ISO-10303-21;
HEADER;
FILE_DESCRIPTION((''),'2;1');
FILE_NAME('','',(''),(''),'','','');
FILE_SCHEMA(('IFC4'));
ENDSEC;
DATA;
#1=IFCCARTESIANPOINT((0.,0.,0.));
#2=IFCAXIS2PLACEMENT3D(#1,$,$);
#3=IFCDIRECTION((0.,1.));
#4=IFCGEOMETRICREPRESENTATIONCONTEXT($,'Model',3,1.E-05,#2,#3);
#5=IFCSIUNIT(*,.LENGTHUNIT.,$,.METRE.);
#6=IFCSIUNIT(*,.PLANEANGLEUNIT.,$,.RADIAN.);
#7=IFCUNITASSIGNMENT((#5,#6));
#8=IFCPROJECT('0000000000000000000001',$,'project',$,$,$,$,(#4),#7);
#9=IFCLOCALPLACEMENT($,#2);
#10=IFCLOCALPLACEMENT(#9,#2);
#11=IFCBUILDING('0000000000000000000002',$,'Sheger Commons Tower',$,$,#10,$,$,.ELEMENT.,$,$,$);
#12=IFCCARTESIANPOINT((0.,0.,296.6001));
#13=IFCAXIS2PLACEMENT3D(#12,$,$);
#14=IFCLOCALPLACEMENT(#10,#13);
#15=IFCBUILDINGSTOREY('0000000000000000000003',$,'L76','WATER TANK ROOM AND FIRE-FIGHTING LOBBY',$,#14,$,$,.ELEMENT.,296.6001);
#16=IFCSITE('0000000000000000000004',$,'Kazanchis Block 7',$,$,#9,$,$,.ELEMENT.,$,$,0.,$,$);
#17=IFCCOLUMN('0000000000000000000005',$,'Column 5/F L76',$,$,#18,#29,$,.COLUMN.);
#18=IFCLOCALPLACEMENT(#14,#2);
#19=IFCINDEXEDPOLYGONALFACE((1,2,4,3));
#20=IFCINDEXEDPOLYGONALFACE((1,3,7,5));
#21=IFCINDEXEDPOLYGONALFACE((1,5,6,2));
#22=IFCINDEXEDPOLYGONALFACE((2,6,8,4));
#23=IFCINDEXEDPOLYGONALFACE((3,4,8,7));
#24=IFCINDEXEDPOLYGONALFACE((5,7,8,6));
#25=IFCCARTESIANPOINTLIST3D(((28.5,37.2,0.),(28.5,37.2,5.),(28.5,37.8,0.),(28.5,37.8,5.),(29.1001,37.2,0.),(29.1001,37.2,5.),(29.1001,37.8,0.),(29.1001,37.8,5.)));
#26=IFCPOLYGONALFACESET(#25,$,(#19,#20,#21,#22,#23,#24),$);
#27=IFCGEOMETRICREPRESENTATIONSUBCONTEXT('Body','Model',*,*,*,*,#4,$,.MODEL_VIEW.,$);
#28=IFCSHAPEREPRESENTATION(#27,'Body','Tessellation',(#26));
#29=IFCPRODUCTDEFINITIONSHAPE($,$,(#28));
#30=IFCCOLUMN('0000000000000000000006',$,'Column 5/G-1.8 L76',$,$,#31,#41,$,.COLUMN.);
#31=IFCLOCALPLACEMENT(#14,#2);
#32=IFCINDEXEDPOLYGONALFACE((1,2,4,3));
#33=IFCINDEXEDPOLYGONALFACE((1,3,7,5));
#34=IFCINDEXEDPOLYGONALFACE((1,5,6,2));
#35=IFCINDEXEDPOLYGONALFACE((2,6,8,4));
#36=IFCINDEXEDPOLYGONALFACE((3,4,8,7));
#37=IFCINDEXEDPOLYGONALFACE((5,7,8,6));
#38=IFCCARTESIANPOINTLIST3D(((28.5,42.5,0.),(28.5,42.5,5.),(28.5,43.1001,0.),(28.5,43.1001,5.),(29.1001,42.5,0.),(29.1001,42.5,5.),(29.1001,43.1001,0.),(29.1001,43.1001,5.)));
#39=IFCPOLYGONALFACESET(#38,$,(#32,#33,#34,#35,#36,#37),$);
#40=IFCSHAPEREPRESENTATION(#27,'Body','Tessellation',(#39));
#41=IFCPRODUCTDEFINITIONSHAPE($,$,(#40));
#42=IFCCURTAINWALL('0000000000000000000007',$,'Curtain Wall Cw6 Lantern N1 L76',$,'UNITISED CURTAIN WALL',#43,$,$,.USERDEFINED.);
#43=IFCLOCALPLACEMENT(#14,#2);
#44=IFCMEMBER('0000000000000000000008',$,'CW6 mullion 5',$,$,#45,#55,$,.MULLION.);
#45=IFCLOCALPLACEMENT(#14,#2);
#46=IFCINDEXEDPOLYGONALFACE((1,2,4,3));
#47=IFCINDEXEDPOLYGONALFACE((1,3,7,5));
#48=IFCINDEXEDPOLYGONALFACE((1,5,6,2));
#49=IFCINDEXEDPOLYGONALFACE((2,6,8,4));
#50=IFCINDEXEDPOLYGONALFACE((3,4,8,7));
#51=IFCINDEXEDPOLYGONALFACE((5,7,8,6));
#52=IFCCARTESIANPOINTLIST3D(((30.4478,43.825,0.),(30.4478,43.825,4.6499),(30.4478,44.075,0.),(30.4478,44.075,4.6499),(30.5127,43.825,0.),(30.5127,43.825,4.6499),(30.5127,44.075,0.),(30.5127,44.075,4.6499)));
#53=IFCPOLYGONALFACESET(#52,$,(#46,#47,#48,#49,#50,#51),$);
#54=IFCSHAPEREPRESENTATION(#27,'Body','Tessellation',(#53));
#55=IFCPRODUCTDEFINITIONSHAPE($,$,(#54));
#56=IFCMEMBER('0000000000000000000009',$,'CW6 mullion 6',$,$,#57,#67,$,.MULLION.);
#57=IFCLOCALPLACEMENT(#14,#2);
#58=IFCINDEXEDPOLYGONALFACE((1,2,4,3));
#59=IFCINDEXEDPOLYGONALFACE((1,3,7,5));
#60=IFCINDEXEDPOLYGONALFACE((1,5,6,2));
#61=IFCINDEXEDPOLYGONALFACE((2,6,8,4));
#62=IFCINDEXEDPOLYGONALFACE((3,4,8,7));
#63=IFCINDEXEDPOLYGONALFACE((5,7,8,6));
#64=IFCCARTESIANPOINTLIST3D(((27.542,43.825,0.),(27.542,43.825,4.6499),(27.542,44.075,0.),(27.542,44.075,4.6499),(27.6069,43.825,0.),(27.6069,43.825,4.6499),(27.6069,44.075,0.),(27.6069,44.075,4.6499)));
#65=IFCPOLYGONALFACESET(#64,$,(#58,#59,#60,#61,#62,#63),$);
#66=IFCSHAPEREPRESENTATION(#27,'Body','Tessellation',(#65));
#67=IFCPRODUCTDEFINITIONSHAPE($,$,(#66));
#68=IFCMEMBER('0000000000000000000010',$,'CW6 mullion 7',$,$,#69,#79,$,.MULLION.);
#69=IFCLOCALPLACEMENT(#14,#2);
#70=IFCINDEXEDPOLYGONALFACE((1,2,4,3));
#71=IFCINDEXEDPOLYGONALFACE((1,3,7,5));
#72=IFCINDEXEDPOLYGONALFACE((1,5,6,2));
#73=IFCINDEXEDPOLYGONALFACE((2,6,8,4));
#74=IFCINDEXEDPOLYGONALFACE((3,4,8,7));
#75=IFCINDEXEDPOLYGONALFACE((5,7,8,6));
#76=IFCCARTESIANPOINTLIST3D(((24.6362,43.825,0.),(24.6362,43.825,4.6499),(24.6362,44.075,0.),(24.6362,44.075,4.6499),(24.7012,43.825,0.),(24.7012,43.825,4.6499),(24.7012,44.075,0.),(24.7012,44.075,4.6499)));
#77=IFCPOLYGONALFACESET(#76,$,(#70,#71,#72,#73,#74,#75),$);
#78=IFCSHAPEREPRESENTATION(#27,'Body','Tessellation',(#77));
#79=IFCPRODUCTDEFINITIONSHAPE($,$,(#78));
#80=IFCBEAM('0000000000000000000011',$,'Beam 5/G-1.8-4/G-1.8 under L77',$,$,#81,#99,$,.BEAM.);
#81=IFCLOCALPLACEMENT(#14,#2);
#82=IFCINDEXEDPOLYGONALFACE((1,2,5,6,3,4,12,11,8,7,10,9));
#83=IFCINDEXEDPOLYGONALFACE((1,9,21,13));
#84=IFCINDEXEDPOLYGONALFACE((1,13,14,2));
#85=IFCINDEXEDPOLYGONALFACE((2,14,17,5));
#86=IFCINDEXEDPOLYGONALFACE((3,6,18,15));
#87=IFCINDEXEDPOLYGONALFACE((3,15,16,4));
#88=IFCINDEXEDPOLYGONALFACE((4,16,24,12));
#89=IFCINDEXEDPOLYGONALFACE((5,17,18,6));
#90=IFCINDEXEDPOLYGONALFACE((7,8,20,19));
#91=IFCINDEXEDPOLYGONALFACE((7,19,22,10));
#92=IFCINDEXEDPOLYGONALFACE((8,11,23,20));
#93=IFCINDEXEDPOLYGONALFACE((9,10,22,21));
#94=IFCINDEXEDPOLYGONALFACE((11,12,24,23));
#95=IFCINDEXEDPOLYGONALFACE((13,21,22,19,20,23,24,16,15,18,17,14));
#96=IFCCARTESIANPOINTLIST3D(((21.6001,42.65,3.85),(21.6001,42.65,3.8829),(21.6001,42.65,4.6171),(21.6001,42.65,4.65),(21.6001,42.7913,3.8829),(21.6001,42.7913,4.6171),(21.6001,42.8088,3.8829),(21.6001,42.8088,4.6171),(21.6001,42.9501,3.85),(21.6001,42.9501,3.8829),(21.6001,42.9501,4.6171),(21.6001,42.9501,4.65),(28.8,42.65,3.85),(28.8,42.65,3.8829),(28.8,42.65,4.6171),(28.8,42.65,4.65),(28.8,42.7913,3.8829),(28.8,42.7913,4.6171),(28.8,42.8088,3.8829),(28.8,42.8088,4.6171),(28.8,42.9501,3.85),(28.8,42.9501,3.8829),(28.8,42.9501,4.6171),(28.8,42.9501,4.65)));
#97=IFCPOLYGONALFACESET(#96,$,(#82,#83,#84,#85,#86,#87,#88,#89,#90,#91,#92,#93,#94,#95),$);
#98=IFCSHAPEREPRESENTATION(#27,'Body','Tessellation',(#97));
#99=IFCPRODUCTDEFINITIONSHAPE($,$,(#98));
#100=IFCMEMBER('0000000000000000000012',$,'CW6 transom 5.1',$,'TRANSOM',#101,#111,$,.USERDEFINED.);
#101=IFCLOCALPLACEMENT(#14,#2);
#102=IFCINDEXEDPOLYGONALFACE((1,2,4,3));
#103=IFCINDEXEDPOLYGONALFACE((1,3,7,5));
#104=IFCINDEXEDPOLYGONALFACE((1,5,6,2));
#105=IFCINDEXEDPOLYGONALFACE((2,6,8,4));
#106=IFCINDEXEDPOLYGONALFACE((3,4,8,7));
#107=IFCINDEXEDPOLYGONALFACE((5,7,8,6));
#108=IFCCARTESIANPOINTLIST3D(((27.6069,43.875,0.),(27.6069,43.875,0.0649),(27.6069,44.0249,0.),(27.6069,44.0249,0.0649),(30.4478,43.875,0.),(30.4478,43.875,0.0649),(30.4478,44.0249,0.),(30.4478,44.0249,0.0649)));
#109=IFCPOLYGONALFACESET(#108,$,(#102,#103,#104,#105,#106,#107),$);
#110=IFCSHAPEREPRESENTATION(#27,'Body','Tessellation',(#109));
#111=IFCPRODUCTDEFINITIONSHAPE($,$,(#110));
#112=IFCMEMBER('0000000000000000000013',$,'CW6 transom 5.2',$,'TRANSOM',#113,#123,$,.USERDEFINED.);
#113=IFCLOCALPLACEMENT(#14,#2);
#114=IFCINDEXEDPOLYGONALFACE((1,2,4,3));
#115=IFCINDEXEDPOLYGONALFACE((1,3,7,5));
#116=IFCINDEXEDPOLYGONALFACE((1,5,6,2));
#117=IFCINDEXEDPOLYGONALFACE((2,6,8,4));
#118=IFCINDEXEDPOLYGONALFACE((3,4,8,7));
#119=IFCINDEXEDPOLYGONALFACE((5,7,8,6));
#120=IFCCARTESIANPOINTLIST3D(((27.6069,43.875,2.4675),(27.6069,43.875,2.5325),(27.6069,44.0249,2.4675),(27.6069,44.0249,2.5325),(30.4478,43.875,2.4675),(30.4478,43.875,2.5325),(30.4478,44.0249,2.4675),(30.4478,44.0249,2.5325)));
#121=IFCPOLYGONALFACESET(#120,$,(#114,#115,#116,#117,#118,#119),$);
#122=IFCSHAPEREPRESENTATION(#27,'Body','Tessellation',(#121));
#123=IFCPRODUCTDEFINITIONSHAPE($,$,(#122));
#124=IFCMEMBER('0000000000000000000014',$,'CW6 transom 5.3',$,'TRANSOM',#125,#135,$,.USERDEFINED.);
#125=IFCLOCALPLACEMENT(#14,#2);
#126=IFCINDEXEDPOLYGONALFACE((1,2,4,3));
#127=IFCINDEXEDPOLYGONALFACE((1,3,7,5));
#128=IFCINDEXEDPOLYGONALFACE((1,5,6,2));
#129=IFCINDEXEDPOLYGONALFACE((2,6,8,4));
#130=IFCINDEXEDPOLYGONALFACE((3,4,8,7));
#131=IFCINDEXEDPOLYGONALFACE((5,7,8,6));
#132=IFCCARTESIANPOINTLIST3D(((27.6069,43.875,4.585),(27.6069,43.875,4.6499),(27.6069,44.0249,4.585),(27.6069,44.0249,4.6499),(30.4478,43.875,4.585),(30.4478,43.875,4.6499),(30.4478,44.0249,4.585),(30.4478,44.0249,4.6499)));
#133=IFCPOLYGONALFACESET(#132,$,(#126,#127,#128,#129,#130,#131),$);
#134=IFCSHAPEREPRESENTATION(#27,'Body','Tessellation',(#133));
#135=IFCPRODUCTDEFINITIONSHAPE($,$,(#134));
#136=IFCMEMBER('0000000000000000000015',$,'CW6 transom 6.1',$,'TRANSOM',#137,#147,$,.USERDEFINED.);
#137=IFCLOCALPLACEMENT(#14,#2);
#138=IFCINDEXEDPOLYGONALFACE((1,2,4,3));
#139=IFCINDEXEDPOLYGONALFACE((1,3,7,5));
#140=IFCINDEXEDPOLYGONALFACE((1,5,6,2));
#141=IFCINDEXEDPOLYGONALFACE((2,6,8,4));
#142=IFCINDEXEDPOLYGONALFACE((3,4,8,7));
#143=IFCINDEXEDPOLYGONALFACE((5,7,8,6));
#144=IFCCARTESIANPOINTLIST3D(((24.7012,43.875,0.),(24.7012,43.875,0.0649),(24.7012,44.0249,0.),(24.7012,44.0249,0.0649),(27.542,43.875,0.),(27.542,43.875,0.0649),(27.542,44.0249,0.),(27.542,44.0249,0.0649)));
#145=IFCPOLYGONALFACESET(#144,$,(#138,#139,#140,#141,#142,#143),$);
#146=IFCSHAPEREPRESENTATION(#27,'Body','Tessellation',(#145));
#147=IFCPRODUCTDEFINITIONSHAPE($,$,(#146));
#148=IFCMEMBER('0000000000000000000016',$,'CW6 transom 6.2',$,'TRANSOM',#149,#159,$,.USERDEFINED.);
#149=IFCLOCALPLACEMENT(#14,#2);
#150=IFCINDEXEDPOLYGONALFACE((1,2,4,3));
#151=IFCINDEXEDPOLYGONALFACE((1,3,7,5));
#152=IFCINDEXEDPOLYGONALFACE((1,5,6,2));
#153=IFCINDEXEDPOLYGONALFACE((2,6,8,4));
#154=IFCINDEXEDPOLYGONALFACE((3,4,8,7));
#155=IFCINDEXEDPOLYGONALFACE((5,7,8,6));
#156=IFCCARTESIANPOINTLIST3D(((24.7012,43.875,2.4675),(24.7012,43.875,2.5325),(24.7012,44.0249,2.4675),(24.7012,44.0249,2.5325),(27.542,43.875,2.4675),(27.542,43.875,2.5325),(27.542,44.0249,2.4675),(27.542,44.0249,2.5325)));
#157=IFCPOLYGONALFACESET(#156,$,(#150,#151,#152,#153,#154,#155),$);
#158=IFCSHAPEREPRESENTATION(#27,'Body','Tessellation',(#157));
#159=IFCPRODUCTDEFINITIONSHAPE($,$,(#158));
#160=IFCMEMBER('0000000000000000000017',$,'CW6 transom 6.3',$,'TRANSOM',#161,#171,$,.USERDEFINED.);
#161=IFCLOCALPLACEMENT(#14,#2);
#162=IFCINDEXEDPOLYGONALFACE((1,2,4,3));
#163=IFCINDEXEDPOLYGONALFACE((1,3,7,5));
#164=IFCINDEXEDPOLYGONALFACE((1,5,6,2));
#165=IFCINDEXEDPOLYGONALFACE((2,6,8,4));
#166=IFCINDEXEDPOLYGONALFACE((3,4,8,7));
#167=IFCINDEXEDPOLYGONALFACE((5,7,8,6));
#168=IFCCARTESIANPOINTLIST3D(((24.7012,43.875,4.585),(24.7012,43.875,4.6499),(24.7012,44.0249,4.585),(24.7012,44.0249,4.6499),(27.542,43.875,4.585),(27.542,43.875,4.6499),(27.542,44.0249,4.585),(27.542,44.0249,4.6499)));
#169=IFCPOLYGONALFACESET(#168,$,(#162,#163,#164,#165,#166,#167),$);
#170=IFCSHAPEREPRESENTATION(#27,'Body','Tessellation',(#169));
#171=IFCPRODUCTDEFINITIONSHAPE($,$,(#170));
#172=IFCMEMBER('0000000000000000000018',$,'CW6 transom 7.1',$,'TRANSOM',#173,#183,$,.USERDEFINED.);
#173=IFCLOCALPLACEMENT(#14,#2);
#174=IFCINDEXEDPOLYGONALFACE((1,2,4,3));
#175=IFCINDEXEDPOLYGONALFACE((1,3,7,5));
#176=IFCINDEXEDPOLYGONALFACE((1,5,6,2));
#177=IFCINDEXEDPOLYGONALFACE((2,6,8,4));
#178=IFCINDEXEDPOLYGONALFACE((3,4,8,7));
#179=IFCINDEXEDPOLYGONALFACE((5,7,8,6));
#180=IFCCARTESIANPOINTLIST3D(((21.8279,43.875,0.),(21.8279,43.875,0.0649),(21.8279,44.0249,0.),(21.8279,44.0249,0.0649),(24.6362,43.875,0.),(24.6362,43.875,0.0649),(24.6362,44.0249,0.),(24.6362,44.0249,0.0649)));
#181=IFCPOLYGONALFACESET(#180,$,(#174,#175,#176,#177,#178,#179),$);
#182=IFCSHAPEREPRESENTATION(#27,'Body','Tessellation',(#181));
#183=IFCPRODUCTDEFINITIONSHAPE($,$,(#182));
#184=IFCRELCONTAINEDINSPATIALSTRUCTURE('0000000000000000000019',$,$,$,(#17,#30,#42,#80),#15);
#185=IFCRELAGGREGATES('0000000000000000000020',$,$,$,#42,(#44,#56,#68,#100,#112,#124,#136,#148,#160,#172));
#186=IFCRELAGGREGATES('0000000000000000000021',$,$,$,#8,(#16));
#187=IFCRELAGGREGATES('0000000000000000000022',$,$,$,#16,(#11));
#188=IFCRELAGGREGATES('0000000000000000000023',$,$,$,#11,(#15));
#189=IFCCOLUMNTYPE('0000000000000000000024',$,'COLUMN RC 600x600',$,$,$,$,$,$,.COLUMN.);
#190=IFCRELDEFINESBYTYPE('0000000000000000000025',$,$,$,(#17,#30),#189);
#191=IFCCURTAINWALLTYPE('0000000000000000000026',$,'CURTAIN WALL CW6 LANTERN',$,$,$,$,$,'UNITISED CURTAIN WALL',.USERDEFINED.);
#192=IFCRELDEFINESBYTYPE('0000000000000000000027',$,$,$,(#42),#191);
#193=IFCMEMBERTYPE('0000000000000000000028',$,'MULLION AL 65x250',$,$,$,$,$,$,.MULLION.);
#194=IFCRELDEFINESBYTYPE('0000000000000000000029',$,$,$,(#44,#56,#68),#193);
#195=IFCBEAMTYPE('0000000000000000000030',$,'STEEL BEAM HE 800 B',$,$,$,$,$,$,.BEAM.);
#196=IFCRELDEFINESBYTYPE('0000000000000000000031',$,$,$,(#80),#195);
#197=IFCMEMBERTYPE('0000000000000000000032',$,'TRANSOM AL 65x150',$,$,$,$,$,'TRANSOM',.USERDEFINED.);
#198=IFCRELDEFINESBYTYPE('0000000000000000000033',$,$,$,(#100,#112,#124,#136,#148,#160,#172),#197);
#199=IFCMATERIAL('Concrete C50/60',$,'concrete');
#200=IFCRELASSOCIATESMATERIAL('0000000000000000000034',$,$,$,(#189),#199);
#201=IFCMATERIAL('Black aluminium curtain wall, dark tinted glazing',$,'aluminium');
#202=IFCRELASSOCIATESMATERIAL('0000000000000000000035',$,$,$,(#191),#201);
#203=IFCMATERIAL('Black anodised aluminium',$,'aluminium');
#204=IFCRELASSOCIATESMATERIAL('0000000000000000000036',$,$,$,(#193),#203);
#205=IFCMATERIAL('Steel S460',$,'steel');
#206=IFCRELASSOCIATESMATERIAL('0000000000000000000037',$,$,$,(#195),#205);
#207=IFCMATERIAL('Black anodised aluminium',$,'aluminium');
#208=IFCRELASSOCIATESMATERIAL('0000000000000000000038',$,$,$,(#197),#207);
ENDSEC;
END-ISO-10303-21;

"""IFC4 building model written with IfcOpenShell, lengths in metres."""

from ifc_helpers import new_model, si_unit, direction, frame, origin, origin_2d, place, context, subcontext, project, spatial, rectangle, i_section, extrude, material, material_profile, profile_set, type_object, element, aggregate, save


model = new_model("IFC4")

# Units and contexts
model_context = context("Model", 3, precision=1e-05, world=origin(), true_north=direction((0.0, 1.0)))
body_context = subcontext(model_context, "Body", "Model", "MODEL_VIEW")
ifc_project = project(units=[si_unit("LENGTHUNIT", "METRE"), si_unit("PLANEANGLEUNIT", "RADIAN")], contexts=[model_context])

# Site, building, storey
site_placement = place(None, origin())
site = spatial("IfcSite", under=ifc_project, at=site_placement, Name="Kazanchis Block 7", CompositionType="ELEMENT", RefElevation=0.0)
building_placement = place(site_placement, origin())
building = spatial("IfcBuilding", under=site, at=building_placement, Name="Sheger Commons Tower", CompositionType="ELEMENT")
storey_placement = place(building_placement, frame((0.0, 0.0, 296.6001)))
storey = spatial("IfcBuildingStorey", under=building, at=storey_placement, Name="L76", Description="WATER TANK ROOM AND FIRE-FIGHTING LOBBY", CompositionType="ELEMENT", Elevation=296.6001)

# Columns
ifc_material_1 = material(Name="Concrete C50/60", Category="concrete")
ifc_material_profile_1 = material_profile(ifc_material_1, rectangle(XDim=0.6001, YDim=0.6001, at=origin_2d()), Name="RC 600x600")
ifc_profile_set_1 = profile_set([ifc_material_profile_1], Name="Concrete C50/60")
column_type = type_object("IfcColumnType", Name="COLUMN RC 600x600", PredefinedType="COLUMN", material=ifc_profile_set_1)
for number, where, z_axis, x_axis, name in (
    (1, (28.8, 37.5, 0.0), (0.0, 0.0, 1.0), (1.0, 0.0, 0.0), "Column 5/F L76"),
    (2, (28.8, 42.8, 0.0), (0.0, 0.0, 1.0), (1.0, 0.0, 0.0), "Column 5/G-1.8 L76"),
):
    element("IfcColumn", number, at=place(storey_placement, frame(where, z_axis=z_axis, x_axis=x_axis)), inside=storey, type_object=column_type, Name=name, PredefinedType="COLUMN", context=body_context, shape_type="SweptSolid", body=[
        extrude(rectangle(XDim=0.6001, YDim=0.6001, at=origin_2d()), origin(), (0.0, 0.0, 1.0), 5.0),
    ])

# Curtain wall, members
ifc_material_2 = material(Name="Black aluminium curtain wall, dark tinted glazing", Category="aluminium")
curtain_wall_type = type_object("IfcCurtainWallType", Name="CURTAIN WALL CW6 LANTERN", ElementType="UNITISED CURTAIN WALL", PredefinedType="USERDEFINED", material=ifc_material_2)
curtain_wall_placement = place(storey_placement, origin())
curtain_wall = element("IfcCurtainWall", 3, at=curtain_wall_placement, inside=storey, type_object=curtain_wall_type, Name="Curtain Wall Cw6 Lantern N1 L76", ObjectType="UNITISED CURTAIN WALL", PredefinedType="USERDEFINED")
ifc_material_3 = material(Name="Black anodised aluminium", Category="aluminium")
ifc_material_profile_2 = material_profile(ifc_material_3, rectangle(XDim=0.25, YDim=0.0649, at=origin_2d()), Name="AL 65x250")
ifc_profile_set_2 = profile_set([ifc_material_profile_2], Name="Black anodised aluminium")
member_type_1 = type_object("IfcMemberType", Name="MULLION AL 65x250", PredefinedType="MULLION", material=ifc_profile_set_2)
member_1_placement = place(storey_placement, frame((30.4802, 43.95, 0.0), z_axis=(0.0, 0.0, 1.0), x_axis=(0.0, -1.0, 0.0)))
member_1 = element("IfcMember", 4, at=member_1_placement, type_object=member_type_1, Name="CW6 mullion 5", PredefinedType="MULLION", context=body_context, shape_type="SweptSolid", body=[
    extrude(rectangle(XDim=0.25, YDim=0.0649, at=origin_2d()), origin(), (0.0, 0.0, 1.0), 4.6499),
])
member_2_placement = place(storey_placement, frame((27.5745, 43.95, 0.0), z_axis=(0.0, 0.0, 1.0), x_axis=(0.0, -1.0, 0.0)))
member_2 = element("IfcMember", 5, at=member_2_placement, type_object=member_type_1, Name="CW6 mullion 6", PredefinedType="MULLION", context=body_context, shape_type="SweptSolid", body=[
    extrude(rectangle(XDim=0.25, YDim=0.0649, at=origin_2d()), origin(), (0.0, 0.0, 1.0), 4.6499),
])
member_3_placement = place(storey_placement, frame((24.6687, 43.95, 0.0), z_axis=(0.0, 0.0, 1.0), x_axis=(0.0, -1.0, 0.0)))
member_3 = element("IfcMember", 6, at=member_3_placement, type_object=member_type_1, Name="CW6 mullion 7", PredefinedType="MULLION", context=body_context, shape_type="SweptSolid", body=[
    extrude(rectangle(XDim=0.25, YDim=0.0649, at=origin_2d()), origin(), (0.0, 0.0, 1.0), 4.6499),
])

# Beam
ifc_material_4 = material(Name="Steel S460", Category="steel")
ifc_material_profile_3 = material_profile(ifc_material_4, i_section(OverallWidth=0.3, OverallDepth=0.8, WebThickness=0.0176, FlangeThickness=0.033, at=origin_2d()), Name="HE 800 B")
ifc_profile_set_3 = profile_set([ifc_material_profile_3], Name="Steel S460")
beam_type = type_object("IfcBeamType", Name="STEEL BEAM HE 800 B", PredefinedType="BEAM", material=ifc_profile_set_3)
beam_placement = place(storey_placement, frame((28.8, 42.8, 4.25), z_axis=(-1.0, 0.0, 0.0), x_axis=(0.0, -1.0, 0.0)))
element("IfcBeam", 7, at=beam_placement, inside=storey, type_object=beam_type, Name="Beam 5/G-1.8-4/G-1.8 under L77", PredefinedType="BEAM", context=body_context, shape_type="SweptSolid", body=[
    extrude(i_section(OverallWidth=0.3, OverallDepth=0.8, WebThickness=0.0176, FlangeThickness=0.033, at=origin_2d()), origin(), (0.0, 0.0, 1.0), 7.2),
])

# Members
ifc_material_5 = material(Name="Black anodised aluminium", Category="aluminium")
ifc_material_profile_4 = material_profile(ifc_material_5, rectangle(XDim=0.1499, YDim=0.0649, at=origin_2d()), Name="AL 65x150")
ifc_profile_set_4 = profile_set([ifc_material_profile_4], Name="Black anodised aluminium")
member_type_2 = type_object("IfcMemberType", Name="TRANSOM AL 65x150", ElementType="TRANSOM", PredefinedType="USERDEFINED", material=ifc_profile_set_4)
member_4_placement = place(storey_placement, frame((30.4478, 43.95, 0.0325), z_axis=(-1.0, 0.0, 0.0), x_axis=(0.0, -1.0, 0.0)))
member_4 = element("IfcMember", 8, at=member_4_placement, type_object=member_type_2, Name="CW6 transom 5.1", ObjectType="TRANSOM", PredefinedType="USERDEFINED", context=body_context, shape_type="SweptSolid", body=[
    extrude(rectangle(XDim=0.1499, YDim=0.0649, at=origin_2d()), origin(), (0.0, 0.0, 1.0), 2.8408),
])
member_5_placement = place(storey_placement, frame((30.4478, 43.95, 2.5), z_axis=(-1.0, 0.0, 0.0), x_axis=(0.0, -1.0, 0.0)))
member_5 = element("IfcMember", 9, at=member_5_placement, type_object=member_type_2, Name="CW6 transom 5.2", ObjectType="TRANSOM", PredefinedType="USERDEFINED", context=body_context, shape_type="SweptSolid", body=[
    extrude(rectangle(XDim=0.1499, YDim=0.0649, at=origin_2d()), origin(), (0.0, 0.0, 1.0), 2.8408),
])
member_6_placement = place(storey_placement, frame((30.4478, 43.95, 4.6174), z_axis=(-1.0, 0.0, 0.0), x_axis=(0.0, -1.0, 0.0)))
member_6 = element("IfcMember", 10, at=member_6_placement, type_object=member_type_2, Name="CW6 transom 5.3", ObjectType="TRANSOM", PredefinedType="USERDEFINED", context=body_context, shape_type="SweptSolid", body=[
    extrude(rectangle(XDim=0.1499, YDim=0.0649, at=origin_2d()), origin(), (0.0, 0.0, 1.0), 2.8408),
])
member_7_placement = place(storey_placement, frame((27.542, 43.95, 0.0325), z_axis=(-1.0, 0.0, 0.0), x_axis=(0.0, -1.0, 0.0)))
member_7 = element("IfcMember", 11, at=member_7_placement, type_object=member_type_2, Name="CW6 transom 6.1", ObjectType="TRANSOM", PredefinedType="USERDEFINED", context=body_context, shape_type="SweptSolid", body=[
    extrude(rectangle(XDim=0.1499, YDim=0.0649, at=origin_2d()), origin(), (0.0, 0.0, 1.0), 2.8408),
])
member_8_placement = place(storey_placement, frame((27.542, 43.95, 2.5), z_axis=(-1.0, 0.0, 0.0), x_axis=(0.0, -1.0, 0.0)))
member_8 = element("IfcMember", 12, at=member_8_placement, type_object=member_type_2, Name="CW6 transom 6.2", ObjectType="TRANSOM", PredefinedType="USERDEFINED", context=body_context, shape_type="SweptSolid", body=[
    extrude(rectangle(XDim=0.1499, YDim=0.0649, at=origin_2d()), origin(), (0.0, 0.0, 1.0), 2.8408),
])
member_9_placement = place(storey_placement, frame((27.542, 43.95, 4.6174), z_axis=(-1.0, 0.0, 0.0), x_axis=(0.0, -1.0, 0.0)))
member_9 = element("IfcMember", 13, at=member_9_placement, type_object=member_type_2, Name="CW6 transom 6.3", ObjectType="TRANSOM", PredefinedType="USERDEFINED", context=body_context, shape_type="SweptSolid", body=[
    extrude(rectangle(XDim=0.1499, YDim=0.0649, at=origin_2d()), origin(), (0.0, 0.0, 1.0), 2.8408),
])
member_10_placement = place(storey_placement, frame((24.6362, 43.95, 0.0325), z_axis=(-1.0, 0.0, 0.0), x_axis=(0.0, -1.0, 0.0)))
member_10 = element("IfcMember", 14, at=member_10_placement, type_object=member_type_2, Name="CW6 transom 7.1", ObjectType="TRANSOM", PredefinedType="USERDEFINED", context=body_context, shape_type="SweptSolid", body=[
    extrude(rectangle(XDim=0.1499, YDim=0.0649, at=origin_2d()), origin(), (0.0, 0.0, 1.0), 2.8083),
])

aggregate(curtain_wall, [member_1, member_2, member_3, member_4, member_5, member_6, member_7, member_8, member_9, member_10])

save(model, "model.ifc")
